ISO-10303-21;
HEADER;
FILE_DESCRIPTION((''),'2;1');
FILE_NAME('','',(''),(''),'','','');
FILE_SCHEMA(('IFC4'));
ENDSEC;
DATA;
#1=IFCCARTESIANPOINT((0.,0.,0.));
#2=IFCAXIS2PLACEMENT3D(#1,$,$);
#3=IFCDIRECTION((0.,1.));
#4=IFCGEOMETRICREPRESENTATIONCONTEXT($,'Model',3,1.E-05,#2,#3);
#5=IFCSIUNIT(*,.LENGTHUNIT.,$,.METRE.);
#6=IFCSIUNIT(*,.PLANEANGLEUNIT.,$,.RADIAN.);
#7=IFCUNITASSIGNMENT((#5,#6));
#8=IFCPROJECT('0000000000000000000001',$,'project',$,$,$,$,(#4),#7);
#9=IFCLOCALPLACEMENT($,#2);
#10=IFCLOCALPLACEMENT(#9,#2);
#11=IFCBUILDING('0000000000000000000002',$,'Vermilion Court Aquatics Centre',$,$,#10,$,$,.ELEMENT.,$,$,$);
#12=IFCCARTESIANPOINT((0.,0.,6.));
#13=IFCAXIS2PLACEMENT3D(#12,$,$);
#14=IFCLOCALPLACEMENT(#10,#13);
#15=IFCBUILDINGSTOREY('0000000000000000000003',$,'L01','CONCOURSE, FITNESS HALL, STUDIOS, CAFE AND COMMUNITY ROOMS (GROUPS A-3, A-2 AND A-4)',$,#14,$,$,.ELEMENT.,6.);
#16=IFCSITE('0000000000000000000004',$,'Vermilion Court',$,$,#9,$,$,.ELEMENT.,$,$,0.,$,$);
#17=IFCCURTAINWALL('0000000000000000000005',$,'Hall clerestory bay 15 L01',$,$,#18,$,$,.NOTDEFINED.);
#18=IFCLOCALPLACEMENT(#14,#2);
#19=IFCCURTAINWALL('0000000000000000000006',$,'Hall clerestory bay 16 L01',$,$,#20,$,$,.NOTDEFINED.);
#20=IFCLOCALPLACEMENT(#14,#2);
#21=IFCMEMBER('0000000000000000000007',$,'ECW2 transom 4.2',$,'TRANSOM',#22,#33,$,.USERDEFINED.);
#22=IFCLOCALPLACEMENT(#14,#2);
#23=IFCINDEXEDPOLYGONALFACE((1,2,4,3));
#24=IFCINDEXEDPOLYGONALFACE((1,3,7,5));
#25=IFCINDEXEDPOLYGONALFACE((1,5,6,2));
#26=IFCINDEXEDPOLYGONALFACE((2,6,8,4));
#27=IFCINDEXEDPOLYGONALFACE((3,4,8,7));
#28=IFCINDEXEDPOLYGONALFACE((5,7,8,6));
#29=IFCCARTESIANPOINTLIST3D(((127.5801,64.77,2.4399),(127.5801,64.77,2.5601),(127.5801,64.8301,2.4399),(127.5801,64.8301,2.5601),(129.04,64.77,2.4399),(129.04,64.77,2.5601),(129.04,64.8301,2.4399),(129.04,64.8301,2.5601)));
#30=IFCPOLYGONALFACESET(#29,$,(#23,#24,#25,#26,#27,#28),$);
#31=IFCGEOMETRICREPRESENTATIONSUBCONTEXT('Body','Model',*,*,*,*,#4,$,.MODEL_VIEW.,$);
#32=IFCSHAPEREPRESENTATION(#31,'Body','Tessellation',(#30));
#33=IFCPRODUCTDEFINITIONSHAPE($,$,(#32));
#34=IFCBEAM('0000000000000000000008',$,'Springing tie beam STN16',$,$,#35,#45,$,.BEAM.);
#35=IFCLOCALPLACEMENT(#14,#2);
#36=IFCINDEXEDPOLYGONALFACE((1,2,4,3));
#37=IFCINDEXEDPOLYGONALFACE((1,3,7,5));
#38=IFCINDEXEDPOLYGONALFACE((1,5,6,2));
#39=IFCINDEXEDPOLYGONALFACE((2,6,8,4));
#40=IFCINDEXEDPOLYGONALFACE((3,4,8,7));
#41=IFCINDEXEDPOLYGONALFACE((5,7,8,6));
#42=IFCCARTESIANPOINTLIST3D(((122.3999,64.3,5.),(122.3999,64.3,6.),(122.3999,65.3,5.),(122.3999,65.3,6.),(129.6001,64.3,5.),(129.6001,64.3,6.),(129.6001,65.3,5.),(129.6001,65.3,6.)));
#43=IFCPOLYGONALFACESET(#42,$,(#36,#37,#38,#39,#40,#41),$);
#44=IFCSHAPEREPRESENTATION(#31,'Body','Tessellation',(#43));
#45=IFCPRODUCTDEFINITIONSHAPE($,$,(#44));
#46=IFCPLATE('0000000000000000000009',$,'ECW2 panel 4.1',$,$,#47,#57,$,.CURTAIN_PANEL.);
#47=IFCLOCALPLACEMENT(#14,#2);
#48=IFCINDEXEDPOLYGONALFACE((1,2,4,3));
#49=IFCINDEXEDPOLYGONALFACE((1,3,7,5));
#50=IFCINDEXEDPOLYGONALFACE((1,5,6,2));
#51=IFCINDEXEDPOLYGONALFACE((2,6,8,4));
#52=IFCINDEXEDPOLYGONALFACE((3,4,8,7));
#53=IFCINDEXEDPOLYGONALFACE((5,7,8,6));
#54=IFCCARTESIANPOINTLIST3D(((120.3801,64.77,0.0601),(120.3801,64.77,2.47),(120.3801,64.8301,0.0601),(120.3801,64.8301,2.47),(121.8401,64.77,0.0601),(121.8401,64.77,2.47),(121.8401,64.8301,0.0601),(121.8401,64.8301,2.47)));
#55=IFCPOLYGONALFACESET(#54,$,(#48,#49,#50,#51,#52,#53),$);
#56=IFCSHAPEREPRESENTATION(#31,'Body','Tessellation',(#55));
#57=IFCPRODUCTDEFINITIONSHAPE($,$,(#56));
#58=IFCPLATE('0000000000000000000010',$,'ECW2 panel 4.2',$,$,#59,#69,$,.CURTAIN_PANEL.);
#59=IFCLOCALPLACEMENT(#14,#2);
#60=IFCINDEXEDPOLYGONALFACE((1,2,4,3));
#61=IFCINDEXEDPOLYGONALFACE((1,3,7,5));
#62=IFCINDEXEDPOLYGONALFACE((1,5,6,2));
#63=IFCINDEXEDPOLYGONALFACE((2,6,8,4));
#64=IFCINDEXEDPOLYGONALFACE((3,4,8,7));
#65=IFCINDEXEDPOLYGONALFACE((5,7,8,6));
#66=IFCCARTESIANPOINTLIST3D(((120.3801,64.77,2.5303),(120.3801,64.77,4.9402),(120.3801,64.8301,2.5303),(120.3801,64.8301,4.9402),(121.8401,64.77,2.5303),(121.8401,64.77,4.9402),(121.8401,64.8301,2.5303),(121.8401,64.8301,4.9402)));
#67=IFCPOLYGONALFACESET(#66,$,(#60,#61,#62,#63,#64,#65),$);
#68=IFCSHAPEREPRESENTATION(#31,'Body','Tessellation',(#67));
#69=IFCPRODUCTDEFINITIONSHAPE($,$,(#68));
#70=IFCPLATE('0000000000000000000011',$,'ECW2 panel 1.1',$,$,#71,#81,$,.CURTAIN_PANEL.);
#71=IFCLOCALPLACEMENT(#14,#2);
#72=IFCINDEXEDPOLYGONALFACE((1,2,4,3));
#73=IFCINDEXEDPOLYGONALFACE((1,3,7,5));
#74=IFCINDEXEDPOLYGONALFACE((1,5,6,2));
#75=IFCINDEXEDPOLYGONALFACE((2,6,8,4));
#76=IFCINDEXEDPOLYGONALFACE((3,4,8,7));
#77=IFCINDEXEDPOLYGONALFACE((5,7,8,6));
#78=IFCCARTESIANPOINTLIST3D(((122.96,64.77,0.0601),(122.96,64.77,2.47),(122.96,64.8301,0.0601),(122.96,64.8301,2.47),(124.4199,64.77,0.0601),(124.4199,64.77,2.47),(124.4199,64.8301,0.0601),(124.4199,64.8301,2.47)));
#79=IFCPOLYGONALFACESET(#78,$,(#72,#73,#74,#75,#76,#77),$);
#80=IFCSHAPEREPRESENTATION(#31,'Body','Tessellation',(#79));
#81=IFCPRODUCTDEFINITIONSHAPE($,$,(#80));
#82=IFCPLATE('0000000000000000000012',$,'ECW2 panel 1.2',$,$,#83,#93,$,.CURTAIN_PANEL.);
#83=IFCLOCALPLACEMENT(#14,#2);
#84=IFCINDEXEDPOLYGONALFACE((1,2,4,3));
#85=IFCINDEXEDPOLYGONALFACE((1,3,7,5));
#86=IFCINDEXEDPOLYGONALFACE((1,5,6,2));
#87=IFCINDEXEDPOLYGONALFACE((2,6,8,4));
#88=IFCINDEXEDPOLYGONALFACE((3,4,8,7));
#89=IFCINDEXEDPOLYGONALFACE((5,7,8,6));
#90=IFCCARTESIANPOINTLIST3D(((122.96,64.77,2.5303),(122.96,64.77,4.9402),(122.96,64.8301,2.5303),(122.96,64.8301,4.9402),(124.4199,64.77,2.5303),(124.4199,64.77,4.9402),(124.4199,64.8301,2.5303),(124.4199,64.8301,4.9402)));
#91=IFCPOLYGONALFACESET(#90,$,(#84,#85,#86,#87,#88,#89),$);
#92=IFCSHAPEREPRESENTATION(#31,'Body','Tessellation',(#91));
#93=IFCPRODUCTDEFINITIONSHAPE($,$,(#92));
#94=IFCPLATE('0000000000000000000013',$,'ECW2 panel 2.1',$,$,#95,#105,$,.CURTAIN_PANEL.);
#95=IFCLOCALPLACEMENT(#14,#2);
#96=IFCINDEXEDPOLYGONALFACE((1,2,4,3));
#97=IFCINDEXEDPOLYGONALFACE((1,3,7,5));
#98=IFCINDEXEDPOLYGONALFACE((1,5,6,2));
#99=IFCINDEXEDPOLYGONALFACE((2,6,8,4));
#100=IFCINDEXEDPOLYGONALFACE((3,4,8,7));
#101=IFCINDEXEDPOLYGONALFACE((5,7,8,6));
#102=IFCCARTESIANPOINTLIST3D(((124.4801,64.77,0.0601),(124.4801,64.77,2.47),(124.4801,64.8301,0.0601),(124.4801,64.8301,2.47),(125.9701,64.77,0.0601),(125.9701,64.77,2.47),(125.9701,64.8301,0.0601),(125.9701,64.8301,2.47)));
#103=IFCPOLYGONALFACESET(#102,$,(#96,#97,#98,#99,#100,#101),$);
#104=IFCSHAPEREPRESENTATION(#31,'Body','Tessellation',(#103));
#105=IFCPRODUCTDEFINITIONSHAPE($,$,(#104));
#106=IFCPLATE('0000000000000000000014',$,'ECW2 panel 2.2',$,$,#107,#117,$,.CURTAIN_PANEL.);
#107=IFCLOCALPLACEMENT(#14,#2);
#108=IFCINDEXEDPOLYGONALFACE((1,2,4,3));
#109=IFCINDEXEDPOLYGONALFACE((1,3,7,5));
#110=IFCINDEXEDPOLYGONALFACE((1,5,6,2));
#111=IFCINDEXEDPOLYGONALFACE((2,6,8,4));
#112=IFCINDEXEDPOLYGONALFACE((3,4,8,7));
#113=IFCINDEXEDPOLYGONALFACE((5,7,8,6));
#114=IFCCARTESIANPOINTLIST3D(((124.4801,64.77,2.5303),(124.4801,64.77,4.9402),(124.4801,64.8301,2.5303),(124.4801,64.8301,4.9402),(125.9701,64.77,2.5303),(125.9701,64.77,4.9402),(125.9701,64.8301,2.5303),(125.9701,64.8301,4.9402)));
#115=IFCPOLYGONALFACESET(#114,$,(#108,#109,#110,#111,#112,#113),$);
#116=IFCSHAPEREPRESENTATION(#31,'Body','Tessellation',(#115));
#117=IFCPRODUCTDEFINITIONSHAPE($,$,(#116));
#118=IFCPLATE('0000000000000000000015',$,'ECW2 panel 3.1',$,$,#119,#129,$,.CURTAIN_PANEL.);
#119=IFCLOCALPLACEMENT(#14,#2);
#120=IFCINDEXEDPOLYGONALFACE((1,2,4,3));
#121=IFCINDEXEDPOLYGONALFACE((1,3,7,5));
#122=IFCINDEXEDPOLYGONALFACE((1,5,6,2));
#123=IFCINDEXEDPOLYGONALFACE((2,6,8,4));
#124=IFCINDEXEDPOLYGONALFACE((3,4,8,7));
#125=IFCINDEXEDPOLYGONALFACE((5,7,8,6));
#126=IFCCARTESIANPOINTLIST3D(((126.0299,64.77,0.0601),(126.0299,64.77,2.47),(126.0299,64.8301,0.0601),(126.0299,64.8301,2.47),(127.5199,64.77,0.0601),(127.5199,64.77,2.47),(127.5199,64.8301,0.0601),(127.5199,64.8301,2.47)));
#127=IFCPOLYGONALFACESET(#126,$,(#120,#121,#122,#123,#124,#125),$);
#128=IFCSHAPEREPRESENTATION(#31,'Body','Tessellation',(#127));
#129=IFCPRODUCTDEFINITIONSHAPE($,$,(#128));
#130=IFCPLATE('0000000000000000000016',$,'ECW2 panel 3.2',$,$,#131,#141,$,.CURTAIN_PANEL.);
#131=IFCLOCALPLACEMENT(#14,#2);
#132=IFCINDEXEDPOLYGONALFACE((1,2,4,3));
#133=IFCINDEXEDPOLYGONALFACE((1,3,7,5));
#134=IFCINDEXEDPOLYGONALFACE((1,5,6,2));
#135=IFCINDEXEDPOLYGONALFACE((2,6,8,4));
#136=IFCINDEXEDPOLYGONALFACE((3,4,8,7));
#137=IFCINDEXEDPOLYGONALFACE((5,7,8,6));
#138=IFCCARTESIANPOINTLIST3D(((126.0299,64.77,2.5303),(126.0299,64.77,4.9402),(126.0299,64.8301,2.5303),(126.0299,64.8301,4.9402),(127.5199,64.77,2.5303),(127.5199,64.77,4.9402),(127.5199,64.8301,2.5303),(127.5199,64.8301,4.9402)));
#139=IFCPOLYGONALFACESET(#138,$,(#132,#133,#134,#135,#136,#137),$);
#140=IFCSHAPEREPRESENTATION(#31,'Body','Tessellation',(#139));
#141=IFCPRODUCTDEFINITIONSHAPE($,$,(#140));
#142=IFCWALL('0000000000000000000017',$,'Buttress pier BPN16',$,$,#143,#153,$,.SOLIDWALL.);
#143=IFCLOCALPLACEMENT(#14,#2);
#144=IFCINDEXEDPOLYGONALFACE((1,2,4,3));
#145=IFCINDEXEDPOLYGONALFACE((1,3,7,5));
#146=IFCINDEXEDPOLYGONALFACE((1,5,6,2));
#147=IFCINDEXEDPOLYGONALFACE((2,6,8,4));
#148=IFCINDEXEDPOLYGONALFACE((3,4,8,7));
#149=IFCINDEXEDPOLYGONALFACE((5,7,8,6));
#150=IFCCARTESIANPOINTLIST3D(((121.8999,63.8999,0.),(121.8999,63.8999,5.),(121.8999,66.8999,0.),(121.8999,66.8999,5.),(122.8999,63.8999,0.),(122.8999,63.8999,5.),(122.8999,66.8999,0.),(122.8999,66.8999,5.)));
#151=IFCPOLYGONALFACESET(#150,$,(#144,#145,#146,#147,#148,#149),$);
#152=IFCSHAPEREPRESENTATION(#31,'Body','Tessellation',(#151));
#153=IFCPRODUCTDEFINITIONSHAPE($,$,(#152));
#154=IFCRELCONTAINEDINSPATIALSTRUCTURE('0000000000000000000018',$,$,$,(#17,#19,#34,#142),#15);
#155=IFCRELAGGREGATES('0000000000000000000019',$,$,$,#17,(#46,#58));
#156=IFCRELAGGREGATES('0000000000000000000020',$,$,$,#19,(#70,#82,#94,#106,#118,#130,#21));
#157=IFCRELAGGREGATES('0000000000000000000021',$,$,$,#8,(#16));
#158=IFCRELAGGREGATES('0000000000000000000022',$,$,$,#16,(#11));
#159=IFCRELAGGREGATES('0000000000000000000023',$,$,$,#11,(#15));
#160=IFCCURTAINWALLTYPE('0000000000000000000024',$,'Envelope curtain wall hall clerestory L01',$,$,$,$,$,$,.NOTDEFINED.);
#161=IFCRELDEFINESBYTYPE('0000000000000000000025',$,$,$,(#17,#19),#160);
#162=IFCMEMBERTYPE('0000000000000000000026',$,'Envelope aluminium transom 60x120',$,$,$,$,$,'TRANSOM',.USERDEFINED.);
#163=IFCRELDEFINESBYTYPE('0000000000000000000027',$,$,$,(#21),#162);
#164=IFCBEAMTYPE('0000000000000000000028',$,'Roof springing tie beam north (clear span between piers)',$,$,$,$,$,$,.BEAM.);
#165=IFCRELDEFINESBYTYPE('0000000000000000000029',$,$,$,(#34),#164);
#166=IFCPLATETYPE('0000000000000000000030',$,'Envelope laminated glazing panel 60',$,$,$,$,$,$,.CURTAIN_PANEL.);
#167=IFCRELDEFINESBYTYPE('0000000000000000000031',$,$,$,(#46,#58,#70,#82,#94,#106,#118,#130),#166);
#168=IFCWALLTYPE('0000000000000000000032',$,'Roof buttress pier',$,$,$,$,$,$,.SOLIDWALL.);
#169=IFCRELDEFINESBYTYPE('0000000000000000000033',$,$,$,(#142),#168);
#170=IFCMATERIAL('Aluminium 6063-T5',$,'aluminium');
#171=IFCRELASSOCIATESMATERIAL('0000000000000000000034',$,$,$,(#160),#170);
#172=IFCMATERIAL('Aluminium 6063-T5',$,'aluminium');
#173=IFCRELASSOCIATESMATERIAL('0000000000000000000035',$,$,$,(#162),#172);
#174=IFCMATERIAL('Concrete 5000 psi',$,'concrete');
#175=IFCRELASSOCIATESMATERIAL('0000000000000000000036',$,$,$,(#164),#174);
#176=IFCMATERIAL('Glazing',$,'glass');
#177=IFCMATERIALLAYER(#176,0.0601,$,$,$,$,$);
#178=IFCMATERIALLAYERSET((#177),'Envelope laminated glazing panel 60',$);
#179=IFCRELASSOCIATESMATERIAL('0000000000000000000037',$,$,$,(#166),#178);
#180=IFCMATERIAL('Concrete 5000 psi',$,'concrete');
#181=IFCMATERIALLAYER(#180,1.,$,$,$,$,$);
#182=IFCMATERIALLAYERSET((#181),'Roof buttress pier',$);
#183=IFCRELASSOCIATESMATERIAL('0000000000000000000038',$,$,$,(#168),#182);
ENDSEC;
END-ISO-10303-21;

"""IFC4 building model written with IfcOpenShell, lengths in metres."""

from ifc_helpers import new_model, si_unit, direction, frame, frame_2d, origin, origin_2d, place, context, subcontext, project, spatial, rectangle, extrude, material, layer, layer_set, material_profile, profile_set, type_object, element, aggregate, save


model = new_model("IFC4")

# Units and contexts
model_context = context("Model", 3, precision=1e-05, world=origin(), true_north=direction((0.0, 1.0)))
body_context = subcontext(model_context, "Body", "Model", "MODEL_VIEW")
ifc_project = project(units=[si_unit("LENGTHUNIT", "METRE"), si_unit("PLANEANGLEUNIT", "RADIAN")], contexts=[model_context])

# Site, building, storey
site_placement = place(None, origin())
site = spatial("IfcSite", under=ifc_project, at=site_placement, Name="Vermilion Court", CompositionType="ELEMENT", RefElevation=0.0)
building_placement = place(site_placement, origin())
building = spatial("IfcBuilding", under=site, at=building_placement, Name="Vermilion Court Aquatics Centre", CompositionType="ELEMENT")
storey_placement = place(building_placement, frame((0.0, 0.0, 6.0)))
storey = spatial("IfcBuildingStorey", under=building, at=storey_placement, Name="L01", Description="CONCOURSE, FITNESS HALL, STUDIOS, CAFE AND COMMUNITY ROOMS (GROUPS A-3, A-2 AND A-4)", CompositionType="ELEMENT", Elevation=6.0)

# Curtain wall
ifc_material_1 = material(Name="Aluminium 6063-T5", Category="aluminium")
curtain_wall_type = type_object("IfcCurtainWallType", Name="Envelope curtain wall hall clerestory L01", PredefinedType="NOTDEFINED", material=ifc_material_1)
curtain_wall_1_placement = place(storey_placement, origin())
curtain_wall_1 = element("IfcCurtainWall", 1, at=curtain_wall_1_placement, inside=storey, type_object=curtain_wall_type, Name="Hall clerestory bay 15 L01", PredefinedType="NOTDEFINED")

# Curtain wall, member
curtain_wall_2_placement = place(storey_placement, origin())
curtain_wall_2 = element("IfcCurtainWall", 2, at=curtain_wall_2_placement, inside=storey, type_object=curtain_wall_type, Name="Hall clerestory bay 16 L01", PredefinedType="NOTDEFINED")
ifc_material_2 = material(Name="Aluminium 6063-T5", Category="aluminium")
ifc_material_profile_1 = material_profile(ifc_material_2, rectangle(XDim=0.0601, YDim=0.1201, at=origin_2d()), Name="AL 60x120")
ifc_profile_set_1 = profile_set([ifc_material_profile_1], Name="Aluminium 6063-T5")
member_type_1 = type_object("IfcMemberType", Name="Envelope aluminium transom 60x120", ElementType="TRANSOM", PredefinedType="USERDEFINED", material=ifc_profile_set_1)
member_1_placement = place(storey_placement, frame((127.5801, 64.8, 2.5), z_axis=(1.0, 0.0, 0.0), x_axis=(0.0, 1.0, 0.0)))
member_1 = element("IfcMember", 3, at=member_1_placement, type_object=member_type_1, Name="ECW2 transom 4.2", ObjectType="TRANSOM", PredefinedType="USERDEFINED", context=body_context, shape_type="SweptSolid", body=[
    extrude(rectangle(XDim=0.0601, YDim=0.1201, at=origin_2d()), origin(), (0.0, 0.0, 1.0), 1.46),
])

# Beam
ifc_material_3 = material(Name="Concrete 5000 psi", Category="concrete")
ifc_material_profile_2 = material_profile(ifc_material_3, rectangle(XDim=1.0, YDim=1.0, at=origin_2d()), Name="RC 1000x1000")
ifc_profile_set_2 = profile_set([ifc_material_profile_2], Name="Concrete 5000 psi")
beam_type = type_object("IfcBeamType", Name="Roof springing tie beam north (clear span between piers)", PredefinedType="BEAM", material=ifc_profile_set_2)
beam_placement = place(storey_placement, frame((122.3999, 64.8, 5.5), z_axis=(1.0, 0.0, 0.0), x_axis=(0.0, 1.0, 0.0)))
element("IfcBeam", 4, at=beam_placement, inside=storey, type_object=beam_type, Name="Springing tie beam STN16", PredefinedType="BEAM", context=body_context, shape_type="SweptSolid", body=[
    extrude(rectangle(XDim=1.0, YDim=1.0, at=origin_2d()), origin(), (0.0, 0.0, 1.0), 7.2002),
])

# Plates
ifc_material_4 = material(Name="Glazing", Category="glass")
ifc_layer_1 = layer(ifc_material_4, 0.0601)
ifc_layer_set_1 = layer_set([ifc_layer_1], Name="Envelope laminated glazing panel 60")
plate_type = type_object("IfcPlateType", Name="Envelope laminated glazing panel 60", PredefinedType="CURTAIN_PANEL", material=ifc_layer_set_1)
plate_1_placement = place(storey_placement, frame((121.1101, 64.8, 0.0601), z_axis=(0.0, 0.0, 1.0), x_axis=(1.0, 0.0, 0.0)))
plate_1 = element("IfcPlate", 5, at=plate_1_placement, type_object=plate_type, Name="ECW2 panel 4.1", PredefinedType="CURTAIN_PANEL", context=body_context, shape_type="SweptSolid", body=[
    extrude(rectangle(XDim=1.46, YDim=0.0601, at=origin_2d()), origin(), (0.0, 0.0, 1.0), 2.4099),
])
plate_2_placement = place(storey_placement, frame((121.1101, 64.8, 2.5303), z_axis=(0.0, 0.0, 1.0), x_axis=(1.0, 0.0, 0.0)))
plate_2 = element("IfcPlate", 6, at=plate_2_placement, type_object=plate_type, Name="ECW2 panel 4.2", PredefinedType="CURTAIN_PANEL", context=body_context, shape_type="SweptSolid", body=[
    extrude(rectangle(XDim=1.46, YDim=0.0601, at=origin_2d()), origin(), (0.0, 0.0, 1.0), 2.4099),
])
aggregate(curtain_wall_1, [plate_1, plate_2])
plate_3_placement = place(storey_placement, frame((123.6899, 64.8, 0.0601), z_axis=(0.0, 0.0, 1.0), x_axis=(1.0, 0.0, 0.0)))
plate_3 = element("IfcPlate", 7, at=plate_3_placement, type_object=plate_type, Name="ECW2 panel 1.1", PredefinedType="CURTAIN_PANEL", context=body_context, shape_type="SweptSolid", body=[
    extrude(rectangle(XDim=1.46, YDim=0.0601, at=origin_2d()), origin(), (0.0, 0.0, 1.0), 2.4099),
])
plate_4_placement = place(storey_placement, frame((123.6899, 64.8, 2.5303), z_axis=(0.0, 0.0, 1.0), x_axis=(1.0, 0.0, 0.0)))
plate_4 = element("IfcPlate", 8, at=plate_4_placement, type_object=plate_type, Name="ECW2 panel 1.2", PredefinedType="CURTAIN_PANEL", context=body_context, shape_type="SweptSolid", body=[
    extrude(rectangle(XDim=1.46, YDim=0.0601, at=origin_2d()), origin(), (0.0, 0.0, 1.0), 2.4099),
])
plate_5_placement = place(storey_placement, frame((125.2251, 64.8, 0.0601), z_axis=(0.0, 0.0, 1.0), x_axis=(1.0, 0.0, 0.0)))
plate_5 = element("IfcPlate", 9, at=plate_5_placement, type_object=plate_type, Name="ECW2 panel 2.1", PredefinedType="CURTAIN_PANEL", context=body_context, shape_type="SweptSolid", body=[
    extrude(rectangle(XDim=1.49, YDim=0.0601, at=origin_2d()), origin(), (0.0, 0.0, 1.0), 2.4099),
])
plate_6_placement = place(storey_placement, frame((125.2251, 64.8, 2.5303), z_axis=(0.0, 0.0, 1.0), x_axis=(1.0, 0.0, 0.0)))
plate_6 = element("IfcPlate", 10, at=plate_6_placement, type_object=plate_type, Name="ECW2 panel 2.2", PredefinedType="CURTAIN_PANEL", context=body_context, shape_type="SweptSolid", body=[
    extrude(rectangle(XDim=1.49, YDim=0.0601, at=origin_2d()), origin(), (0.0, 0.0, 1.0), 2.4099),
])
plate_7_placement = place(storey_placement, frame((126.7749, 64.8, 0.0601), z_axis=(0.0, 0.0, 1.0), x_axis=(1.0, 0.0, 0.0)))
plate_7 = element("IfcPlate", 11, at=plate_7_placement, type_object=plate_type, Name="ECW2 panel 3.1", PredefinedType="CURTAIN_PANEL", context=body_context, shape_type="SweptSolid", body=[
    extrude(rectangle(XDim=1.49, YDim=0.0601, at=origin_2d()), origin(), (0.0, 0.0, 1.0), 2.4099),
])
plate_8_placement = place(storey_placement, frame((126.7749, 64.8, 2.5303), z_axis=(0.0, 0.0, 1.0), x_axis=(1.0, 0.0, 0.0)))
plate_8 = element("IfcPlate", 12, at=plate_8_placement, type_object=plate_type, Name="ECW2 panel 3.2", PredefinedType="CURTAIN_PANEL", context=body_context, shape_type="SweptSolid", body=[
    extrude(rectangle(XDim=1.49, YDim=0.0601, at=origin_2d()), origin(), (0.0, 0.0, 1.0), 2.4099),
])
aggregate(curtain_wall_2, [plate_3, plate_4, plate_5, plate_6, plate_7, plate_8, member_1])

# Wall
ifc_material_5 = material(Name="Concrete 5000 psi", Category="concrete")
ifc_layer_2 = layer(ifc_material_5, 1.0)
ifc_layer_set_2 = layer_set([ifc_layer_2], Name="Roof buttress pier")
wall_type = type_object("IfcWallType", Name="Roof buttress pier", PredefinedType="SOLIDWALL", material=ifc_layer_set_2)
wall_placement = place(storey_placement, frame((122.3999, 63.8999, 0.0), z_axis=(0.0, 0.0, 1.0), x_axis=(0.0, 1.0, 0.0)))
element("IfcWall", 13, at=wall_placement, inside=storey, type_object=wall_type, Name="Buttress pier BPN16", PredefinedType="SOLIDWALL", context=body_context, shape_type="SweptSolid", body=[
    extrude(rectangle(XDim=3.0, YDim=1.0, at=frame_2d((1.5, 0.0))), origin(), (0.0, 0.0, 1.0), 5.0),
])

save(model, "model.ifc")
